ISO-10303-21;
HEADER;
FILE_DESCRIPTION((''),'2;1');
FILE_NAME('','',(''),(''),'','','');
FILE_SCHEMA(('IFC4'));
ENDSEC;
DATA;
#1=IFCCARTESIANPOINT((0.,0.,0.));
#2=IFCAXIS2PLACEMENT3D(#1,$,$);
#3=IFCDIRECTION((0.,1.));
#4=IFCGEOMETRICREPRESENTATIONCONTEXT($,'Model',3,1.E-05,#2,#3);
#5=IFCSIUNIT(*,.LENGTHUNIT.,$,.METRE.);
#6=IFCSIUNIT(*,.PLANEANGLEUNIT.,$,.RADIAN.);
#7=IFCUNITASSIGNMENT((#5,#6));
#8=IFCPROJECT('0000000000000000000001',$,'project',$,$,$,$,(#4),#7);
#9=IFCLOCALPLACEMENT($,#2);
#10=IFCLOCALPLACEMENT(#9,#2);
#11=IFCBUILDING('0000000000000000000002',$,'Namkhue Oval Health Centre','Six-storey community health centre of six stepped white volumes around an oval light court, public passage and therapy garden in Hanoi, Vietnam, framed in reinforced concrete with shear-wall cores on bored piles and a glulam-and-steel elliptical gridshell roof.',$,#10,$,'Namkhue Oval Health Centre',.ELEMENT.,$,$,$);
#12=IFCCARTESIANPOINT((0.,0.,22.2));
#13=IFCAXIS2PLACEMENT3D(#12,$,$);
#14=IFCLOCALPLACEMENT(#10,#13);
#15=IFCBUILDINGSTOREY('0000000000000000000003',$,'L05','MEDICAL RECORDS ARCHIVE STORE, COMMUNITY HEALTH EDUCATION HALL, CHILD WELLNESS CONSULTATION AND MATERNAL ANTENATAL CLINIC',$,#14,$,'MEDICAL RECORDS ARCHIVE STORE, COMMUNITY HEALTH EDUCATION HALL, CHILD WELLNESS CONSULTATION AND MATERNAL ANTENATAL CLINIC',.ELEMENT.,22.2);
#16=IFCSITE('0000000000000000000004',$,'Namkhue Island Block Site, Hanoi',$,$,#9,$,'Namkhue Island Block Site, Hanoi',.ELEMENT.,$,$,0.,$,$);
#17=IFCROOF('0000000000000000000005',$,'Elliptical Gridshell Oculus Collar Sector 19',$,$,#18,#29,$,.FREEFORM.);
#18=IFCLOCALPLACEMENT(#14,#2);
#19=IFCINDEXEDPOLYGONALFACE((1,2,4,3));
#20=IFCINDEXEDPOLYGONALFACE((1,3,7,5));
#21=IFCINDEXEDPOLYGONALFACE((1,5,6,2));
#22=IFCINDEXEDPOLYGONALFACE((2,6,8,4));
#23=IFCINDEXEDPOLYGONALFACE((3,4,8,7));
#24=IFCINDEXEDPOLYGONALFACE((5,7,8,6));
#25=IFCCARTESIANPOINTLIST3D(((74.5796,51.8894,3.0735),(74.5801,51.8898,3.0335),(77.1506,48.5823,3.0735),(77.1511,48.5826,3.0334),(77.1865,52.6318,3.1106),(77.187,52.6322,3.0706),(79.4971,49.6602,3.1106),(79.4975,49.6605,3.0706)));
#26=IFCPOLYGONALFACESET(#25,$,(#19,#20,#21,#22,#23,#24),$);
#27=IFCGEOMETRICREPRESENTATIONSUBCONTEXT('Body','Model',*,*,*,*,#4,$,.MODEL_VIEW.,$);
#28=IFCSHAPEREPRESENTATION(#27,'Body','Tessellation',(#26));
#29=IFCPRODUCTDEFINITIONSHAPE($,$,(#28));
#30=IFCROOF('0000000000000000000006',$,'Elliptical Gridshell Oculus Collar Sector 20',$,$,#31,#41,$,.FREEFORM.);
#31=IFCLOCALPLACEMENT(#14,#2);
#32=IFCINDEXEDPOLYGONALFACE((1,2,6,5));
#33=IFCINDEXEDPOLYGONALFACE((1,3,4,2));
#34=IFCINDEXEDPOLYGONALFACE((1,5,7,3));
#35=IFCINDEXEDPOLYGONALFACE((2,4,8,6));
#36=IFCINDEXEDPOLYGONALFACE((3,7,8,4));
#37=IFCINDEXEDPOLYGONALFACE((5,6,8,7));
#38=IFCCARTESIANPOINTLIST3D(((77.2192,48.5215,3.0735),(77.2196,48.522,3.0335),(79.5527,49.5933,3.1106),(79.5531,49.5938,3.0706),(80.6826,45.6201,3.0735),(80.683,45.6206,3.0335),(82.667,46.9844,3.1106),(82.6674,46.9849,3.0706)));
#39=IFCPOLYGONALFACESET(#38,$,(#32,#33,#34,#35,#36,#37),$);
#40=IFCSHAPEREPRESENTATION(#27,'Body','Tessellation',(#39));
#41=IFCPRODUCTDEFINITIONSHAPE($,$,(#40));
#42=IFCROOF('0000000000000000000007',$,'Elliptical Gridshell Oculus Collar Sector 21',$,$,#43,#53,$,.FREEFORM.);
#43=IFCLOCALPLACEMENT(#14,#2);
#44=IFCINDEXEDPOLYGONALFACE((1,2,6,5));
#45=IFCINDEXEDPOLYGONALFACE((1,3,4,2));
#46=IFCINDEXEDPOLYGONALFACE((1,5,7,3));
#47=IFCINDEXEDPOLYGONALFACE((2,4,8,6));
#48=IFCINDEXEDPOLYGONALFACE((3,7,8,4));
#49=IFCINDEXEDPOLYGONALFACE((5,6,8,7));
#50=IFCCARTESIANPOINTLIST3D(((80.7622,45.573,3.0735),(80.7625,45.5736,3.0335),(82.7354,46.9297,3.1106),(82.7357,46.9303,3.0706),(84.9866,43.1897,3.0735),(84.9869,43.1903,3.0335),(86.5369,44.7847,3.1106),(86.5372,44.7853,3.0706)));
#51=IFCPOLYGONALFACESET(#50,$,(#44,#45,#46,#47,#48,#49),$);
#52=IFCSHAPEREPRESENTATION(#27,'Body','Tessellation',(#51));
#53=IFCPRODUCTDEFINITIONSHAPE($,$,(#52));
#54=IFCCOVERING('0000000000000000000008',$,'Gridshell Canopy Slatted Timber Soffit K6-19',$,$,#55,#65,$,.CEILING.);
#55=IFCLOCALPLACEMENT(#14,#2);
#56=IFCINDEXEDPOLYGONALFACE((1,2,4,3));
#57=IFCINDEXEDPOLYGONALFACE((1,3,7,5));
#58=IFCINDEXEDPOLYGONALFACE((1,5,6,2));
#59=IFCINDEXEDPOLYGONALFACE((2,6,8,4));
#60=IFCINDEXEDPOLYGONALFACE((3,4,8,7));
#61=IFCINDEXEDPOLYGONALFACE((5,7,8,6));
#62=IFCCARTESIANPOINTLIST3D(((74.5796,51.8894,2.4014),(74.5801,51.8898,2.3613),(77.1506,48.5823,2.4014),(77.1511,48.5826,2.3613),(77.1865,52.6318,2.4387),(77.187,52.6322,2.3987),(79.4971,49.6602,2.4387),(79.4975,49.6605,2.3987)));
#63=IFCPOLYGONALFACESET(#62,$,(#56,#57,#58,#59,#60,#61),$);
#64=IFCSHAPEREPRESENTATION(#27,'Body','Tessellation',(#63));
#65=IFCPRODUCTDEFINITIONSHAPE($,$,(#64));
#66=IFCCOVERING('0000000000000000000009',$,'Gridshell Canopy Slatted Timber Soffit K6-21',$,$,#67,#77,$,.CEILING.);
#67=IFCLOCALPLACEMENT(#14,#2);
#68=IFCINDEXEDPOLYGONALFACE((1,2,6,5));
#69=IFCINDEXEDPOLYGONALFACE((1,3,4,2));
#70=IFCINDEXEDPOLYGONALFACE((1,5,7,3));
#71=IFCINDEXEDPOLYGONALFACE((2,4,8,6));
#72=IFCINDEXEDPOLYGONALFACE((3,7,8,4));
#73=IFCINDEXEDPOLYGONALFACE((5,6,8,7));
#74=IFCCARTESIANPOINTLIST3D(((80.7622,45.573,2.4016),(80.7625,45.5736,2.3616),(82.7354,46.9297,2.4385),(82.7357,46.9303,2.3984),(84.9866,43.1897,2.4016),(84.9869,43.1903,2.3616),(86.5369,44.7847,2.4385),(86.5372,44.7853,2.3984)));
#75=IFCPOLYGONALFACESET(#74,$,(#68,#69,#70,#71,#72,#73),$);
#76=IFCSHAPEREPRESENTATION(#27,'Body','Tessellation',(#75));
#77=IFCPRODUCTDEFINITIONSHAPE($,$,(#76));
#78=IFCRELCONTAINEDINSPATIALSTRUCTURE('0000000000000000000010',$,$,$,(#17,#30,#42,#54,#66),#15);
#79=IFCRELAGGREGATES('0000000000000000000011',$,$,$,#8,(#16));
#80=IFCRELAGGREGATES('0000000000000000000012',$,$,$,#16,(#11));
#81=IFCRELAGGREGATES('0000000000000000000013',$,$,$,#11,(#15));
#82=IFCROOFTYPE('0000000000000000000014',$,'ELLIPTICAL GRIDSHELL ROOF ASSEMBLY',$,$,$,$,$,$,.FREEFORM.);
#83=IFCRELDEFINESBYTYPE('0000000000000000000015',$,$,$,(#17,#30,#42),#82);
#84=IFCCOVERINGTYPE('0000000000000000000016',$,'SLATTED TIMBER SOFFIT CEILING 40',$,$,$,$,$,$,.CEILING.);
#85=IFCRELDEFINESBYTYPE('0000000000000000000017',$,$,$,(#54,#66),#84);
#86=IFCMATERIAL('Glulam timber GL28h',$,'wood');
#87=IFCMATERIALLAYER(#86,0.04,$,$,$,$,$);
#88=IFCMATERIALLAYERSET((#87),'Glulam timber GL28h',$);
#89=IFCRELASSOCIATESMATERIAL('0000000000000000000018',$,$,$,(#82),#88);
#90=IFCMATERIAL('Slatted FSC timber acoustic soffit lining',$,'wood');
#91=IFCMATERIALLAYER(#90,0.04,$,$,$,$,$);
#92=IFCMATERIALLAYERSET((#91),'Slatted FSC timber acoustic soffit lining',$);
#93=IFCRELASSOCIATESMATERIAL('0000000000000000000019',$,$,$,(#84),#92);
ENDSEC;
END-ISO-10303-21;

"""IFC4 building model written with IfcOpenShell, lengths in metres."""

from ifc_helpers import new_model, si_unit, direction, frame, origin, place, context, subcontext, project, spatial, polyline, outline, extrude, material, layer, layer_set, type_object, element, save


model = new_model("IFC4")

# Units and contexts
model_context = context("Model", 3, precision=1e-05, world=origin(), true_north=direction((0.0, 1.0)))
body_context = subcontext(model_context, "Body", "Model", "MODEL_VIEW")
ifc_project = project(units=[si_unit("LENGTHUNIT", "METRE"), si_unit("PLANEANGLEUNIT", "RADIAN")], contexts=[model_context])

# Site, building, storey
site_placement = place(None, origin())
site = spatial("IfcSite", under=ifc_project, at=site_placement, Name="Namkhue Island Block Site, Hanoi", LongName="Namkhue Island Block Site, Hanoi", CompositionType="ELEMENT", RefElevation=0.0)
building_placement = place(site_placement, origin())
building = spatial("IfcBuilding", under=site, at=building_placement, Name="Namkhue Oval Health Centre", Description="Six-storey community health centre of six stepped white volumes around an oval light court, public passage and therapy garden in Hanoi, Vietnam, framed in reinforced concrete with shear-wall cores on bored piles and a glulam-and-steel elliptical gridshell roof.", LongName="Namkhue Oval Health Centre", CompositionType="ELEMENT")
storey_placement = place(building_placement, frame((0.0, 0.0, 22.2)))
storey = spatial("IfcBuildingStorey", under=building, at=storey_placement, Name="L05", Description="MEDICAL RECORDS ARCHIVE STORE, COMMUNITY HEALTH EDUCATION HALL, CHILD WELLNESS CONSULTATION AND MATERNAL ANTENATAL CLINIC", LongName="MEDICAL RECORDS ARCHIVE STORE, COMMUNITY HEALTH EDUCATION HALL, CHILD WELLNESS CONSULTATION AND MATERNAL ANTENATAL CLINIC", CompositionType="ELEMENT", Elevation=22.2)

# Shared definitions
ifc_material_1 = material(Name="Glulam timber GL28h", Category="wood")

# Roofs
ifc_layer_1 = layer(ifc_material_1, 0.04)
ifc_layer_set_1 = layer_set([ifc_layer_1], Name="Glulam timber GL28h")
roof_type = type_object("IfcRoofType", Name="ELLIPTICAL GRIDSHELL ROOF ASSEMBLY", PredefinedType="FREEFORM", material=ifc_layer_set_1)
roof_1_placement = place(storey_placement, frame((74.5796, 51.8894, 3.0735), z_axis=(-0.011653, -0.00906, 0.999891), x_axis=(0.613767, -0.789487, 0.0)))
element("IfcRoof", 1, at=roof_1_placement, inside=storey, type_object=roof_type, Name="Elliptical Gridshell Oculus Collar Sector 19", PredefinedType="FREEFORM", context=body_context, shape_type="SweptSolid", body=[
    extrude(outline(polyline([(0.0, 0.0), (4.189, 0.0), (4.7782, 2.5143), (1.0139, 2.5141), (0.0, 0.0)])), origin(), (0.0, 0.0, -1.0), 0.04),
])
roof_2_placement = place(storey_placement, frame((77.2192, 48.5215, 3.0735), z_axis=(-0.01027, -0.012259, 0.999872), x_axis=(0.766562, -0.64217, 0.0)))
element("IfcRoof", 2, at=roof_2_placement, inside=storey, type_object=roof_type, Name="Elliptical Gridshell Oculus Collar Sector 20", PredefinedType="FREEFORM", context=body_context, shape_type="SweptSolid", body=[
    extrude(outline(polyline([(0.0, 0.0), (4.5181, 0.0), (5.1631, 2.3204), (1.1005, 2.3204), (0.0, 0.0)])), origin(), (0.0, 0.0, -1.0), 0.04),
])
roof_3_placement = place(storey_placement, frame((80.7622, 45.573, 3.0735), z_axis=(-0.008476, -0.015023, 0.999851), x_axis=(0.87095, -0.491372, 0.0)))
element("IfcRoof", 3, at=roof_3_placement, inside=storey, type_object=roof_type, Name="Elliptical Gridshell Oculus Collar Sector 21", PredefinedType="FREEFORM", context=body_context, shape_type="SweptSolid", body=[
    extrude(outline(polyline([(0.0, 0.0), (4.8503, 0.0), (5.4168, 2.1512), (1.0519, 2.1515), (0.0, 0.0)])), origin(), (0.0, 0.0, -1.0), 0.04),
])

# Coverings
ifc_material_2 = material(Name="Slatted FSC timber acoustic soffit lining", Category="wood")
ifc_layer_2 = layer(ifc_material_2, 0.04)
ifc_layer_set_2 = layer_set([ifc_layer_2], Name="Slatted FSC timber acoustic soffit lining")
covering_type = type_object("IfcCoveringType", Name="SLATTED TIMBER SOFFIT CEILING 40", PredefinedType="CEILING", material=ifc_layer_set_2)
covering_1_placement = place(storey_placement, frame((74.5796, 51.8894, 2.4014), z_axis=(-0.011729, -0.009119, 0.99989), x_axis=(0.613767, -0.789487, 0.0)))
element("IfcCovering", 4, at=covering_1_placement, inside=storey, type_object=covering_type, Name="Gridshell Canopy Slatted Timber Soffit K6-19", PredefinedType="CEILING", context=body_context, shape_type="SweptSolid", body=[
    extrude(outline(polyline([(0.0, 0.0), (4.189, 0.0), (4.7782, 2.5143), (1.0139, 2.5141), (0.0, 0.0)])), origin(), (0.0, 0.0, -1.0), 0.04),
])
covering_2_placement = place(storey_placement, frame((80.7622, 45.573, 2.4016), z_axis=(-0.00842, -0.014924, 0.999853), x_axis=(0.87095, -0.491372, 0.0)))
element("IfcCovering", 5, at=covering_2_placement, inside=storey, type_object=covering_type, Name="Gridshell Canopy Slatted Timber Soffit K6-21", PredefinedType="CEILING", context=body_context, shape_type="SweptSolid", body=[
    extrude(outline(polyline([(0.0, 0.0), (4.8503, 0.0), (5.4168, 2.1512), (1.0519, 2.1515), (0.0, 0.0)])), origin(), (0.0, 0.0, -1.0), 0.04),
])

save(model, "model.ifc")
